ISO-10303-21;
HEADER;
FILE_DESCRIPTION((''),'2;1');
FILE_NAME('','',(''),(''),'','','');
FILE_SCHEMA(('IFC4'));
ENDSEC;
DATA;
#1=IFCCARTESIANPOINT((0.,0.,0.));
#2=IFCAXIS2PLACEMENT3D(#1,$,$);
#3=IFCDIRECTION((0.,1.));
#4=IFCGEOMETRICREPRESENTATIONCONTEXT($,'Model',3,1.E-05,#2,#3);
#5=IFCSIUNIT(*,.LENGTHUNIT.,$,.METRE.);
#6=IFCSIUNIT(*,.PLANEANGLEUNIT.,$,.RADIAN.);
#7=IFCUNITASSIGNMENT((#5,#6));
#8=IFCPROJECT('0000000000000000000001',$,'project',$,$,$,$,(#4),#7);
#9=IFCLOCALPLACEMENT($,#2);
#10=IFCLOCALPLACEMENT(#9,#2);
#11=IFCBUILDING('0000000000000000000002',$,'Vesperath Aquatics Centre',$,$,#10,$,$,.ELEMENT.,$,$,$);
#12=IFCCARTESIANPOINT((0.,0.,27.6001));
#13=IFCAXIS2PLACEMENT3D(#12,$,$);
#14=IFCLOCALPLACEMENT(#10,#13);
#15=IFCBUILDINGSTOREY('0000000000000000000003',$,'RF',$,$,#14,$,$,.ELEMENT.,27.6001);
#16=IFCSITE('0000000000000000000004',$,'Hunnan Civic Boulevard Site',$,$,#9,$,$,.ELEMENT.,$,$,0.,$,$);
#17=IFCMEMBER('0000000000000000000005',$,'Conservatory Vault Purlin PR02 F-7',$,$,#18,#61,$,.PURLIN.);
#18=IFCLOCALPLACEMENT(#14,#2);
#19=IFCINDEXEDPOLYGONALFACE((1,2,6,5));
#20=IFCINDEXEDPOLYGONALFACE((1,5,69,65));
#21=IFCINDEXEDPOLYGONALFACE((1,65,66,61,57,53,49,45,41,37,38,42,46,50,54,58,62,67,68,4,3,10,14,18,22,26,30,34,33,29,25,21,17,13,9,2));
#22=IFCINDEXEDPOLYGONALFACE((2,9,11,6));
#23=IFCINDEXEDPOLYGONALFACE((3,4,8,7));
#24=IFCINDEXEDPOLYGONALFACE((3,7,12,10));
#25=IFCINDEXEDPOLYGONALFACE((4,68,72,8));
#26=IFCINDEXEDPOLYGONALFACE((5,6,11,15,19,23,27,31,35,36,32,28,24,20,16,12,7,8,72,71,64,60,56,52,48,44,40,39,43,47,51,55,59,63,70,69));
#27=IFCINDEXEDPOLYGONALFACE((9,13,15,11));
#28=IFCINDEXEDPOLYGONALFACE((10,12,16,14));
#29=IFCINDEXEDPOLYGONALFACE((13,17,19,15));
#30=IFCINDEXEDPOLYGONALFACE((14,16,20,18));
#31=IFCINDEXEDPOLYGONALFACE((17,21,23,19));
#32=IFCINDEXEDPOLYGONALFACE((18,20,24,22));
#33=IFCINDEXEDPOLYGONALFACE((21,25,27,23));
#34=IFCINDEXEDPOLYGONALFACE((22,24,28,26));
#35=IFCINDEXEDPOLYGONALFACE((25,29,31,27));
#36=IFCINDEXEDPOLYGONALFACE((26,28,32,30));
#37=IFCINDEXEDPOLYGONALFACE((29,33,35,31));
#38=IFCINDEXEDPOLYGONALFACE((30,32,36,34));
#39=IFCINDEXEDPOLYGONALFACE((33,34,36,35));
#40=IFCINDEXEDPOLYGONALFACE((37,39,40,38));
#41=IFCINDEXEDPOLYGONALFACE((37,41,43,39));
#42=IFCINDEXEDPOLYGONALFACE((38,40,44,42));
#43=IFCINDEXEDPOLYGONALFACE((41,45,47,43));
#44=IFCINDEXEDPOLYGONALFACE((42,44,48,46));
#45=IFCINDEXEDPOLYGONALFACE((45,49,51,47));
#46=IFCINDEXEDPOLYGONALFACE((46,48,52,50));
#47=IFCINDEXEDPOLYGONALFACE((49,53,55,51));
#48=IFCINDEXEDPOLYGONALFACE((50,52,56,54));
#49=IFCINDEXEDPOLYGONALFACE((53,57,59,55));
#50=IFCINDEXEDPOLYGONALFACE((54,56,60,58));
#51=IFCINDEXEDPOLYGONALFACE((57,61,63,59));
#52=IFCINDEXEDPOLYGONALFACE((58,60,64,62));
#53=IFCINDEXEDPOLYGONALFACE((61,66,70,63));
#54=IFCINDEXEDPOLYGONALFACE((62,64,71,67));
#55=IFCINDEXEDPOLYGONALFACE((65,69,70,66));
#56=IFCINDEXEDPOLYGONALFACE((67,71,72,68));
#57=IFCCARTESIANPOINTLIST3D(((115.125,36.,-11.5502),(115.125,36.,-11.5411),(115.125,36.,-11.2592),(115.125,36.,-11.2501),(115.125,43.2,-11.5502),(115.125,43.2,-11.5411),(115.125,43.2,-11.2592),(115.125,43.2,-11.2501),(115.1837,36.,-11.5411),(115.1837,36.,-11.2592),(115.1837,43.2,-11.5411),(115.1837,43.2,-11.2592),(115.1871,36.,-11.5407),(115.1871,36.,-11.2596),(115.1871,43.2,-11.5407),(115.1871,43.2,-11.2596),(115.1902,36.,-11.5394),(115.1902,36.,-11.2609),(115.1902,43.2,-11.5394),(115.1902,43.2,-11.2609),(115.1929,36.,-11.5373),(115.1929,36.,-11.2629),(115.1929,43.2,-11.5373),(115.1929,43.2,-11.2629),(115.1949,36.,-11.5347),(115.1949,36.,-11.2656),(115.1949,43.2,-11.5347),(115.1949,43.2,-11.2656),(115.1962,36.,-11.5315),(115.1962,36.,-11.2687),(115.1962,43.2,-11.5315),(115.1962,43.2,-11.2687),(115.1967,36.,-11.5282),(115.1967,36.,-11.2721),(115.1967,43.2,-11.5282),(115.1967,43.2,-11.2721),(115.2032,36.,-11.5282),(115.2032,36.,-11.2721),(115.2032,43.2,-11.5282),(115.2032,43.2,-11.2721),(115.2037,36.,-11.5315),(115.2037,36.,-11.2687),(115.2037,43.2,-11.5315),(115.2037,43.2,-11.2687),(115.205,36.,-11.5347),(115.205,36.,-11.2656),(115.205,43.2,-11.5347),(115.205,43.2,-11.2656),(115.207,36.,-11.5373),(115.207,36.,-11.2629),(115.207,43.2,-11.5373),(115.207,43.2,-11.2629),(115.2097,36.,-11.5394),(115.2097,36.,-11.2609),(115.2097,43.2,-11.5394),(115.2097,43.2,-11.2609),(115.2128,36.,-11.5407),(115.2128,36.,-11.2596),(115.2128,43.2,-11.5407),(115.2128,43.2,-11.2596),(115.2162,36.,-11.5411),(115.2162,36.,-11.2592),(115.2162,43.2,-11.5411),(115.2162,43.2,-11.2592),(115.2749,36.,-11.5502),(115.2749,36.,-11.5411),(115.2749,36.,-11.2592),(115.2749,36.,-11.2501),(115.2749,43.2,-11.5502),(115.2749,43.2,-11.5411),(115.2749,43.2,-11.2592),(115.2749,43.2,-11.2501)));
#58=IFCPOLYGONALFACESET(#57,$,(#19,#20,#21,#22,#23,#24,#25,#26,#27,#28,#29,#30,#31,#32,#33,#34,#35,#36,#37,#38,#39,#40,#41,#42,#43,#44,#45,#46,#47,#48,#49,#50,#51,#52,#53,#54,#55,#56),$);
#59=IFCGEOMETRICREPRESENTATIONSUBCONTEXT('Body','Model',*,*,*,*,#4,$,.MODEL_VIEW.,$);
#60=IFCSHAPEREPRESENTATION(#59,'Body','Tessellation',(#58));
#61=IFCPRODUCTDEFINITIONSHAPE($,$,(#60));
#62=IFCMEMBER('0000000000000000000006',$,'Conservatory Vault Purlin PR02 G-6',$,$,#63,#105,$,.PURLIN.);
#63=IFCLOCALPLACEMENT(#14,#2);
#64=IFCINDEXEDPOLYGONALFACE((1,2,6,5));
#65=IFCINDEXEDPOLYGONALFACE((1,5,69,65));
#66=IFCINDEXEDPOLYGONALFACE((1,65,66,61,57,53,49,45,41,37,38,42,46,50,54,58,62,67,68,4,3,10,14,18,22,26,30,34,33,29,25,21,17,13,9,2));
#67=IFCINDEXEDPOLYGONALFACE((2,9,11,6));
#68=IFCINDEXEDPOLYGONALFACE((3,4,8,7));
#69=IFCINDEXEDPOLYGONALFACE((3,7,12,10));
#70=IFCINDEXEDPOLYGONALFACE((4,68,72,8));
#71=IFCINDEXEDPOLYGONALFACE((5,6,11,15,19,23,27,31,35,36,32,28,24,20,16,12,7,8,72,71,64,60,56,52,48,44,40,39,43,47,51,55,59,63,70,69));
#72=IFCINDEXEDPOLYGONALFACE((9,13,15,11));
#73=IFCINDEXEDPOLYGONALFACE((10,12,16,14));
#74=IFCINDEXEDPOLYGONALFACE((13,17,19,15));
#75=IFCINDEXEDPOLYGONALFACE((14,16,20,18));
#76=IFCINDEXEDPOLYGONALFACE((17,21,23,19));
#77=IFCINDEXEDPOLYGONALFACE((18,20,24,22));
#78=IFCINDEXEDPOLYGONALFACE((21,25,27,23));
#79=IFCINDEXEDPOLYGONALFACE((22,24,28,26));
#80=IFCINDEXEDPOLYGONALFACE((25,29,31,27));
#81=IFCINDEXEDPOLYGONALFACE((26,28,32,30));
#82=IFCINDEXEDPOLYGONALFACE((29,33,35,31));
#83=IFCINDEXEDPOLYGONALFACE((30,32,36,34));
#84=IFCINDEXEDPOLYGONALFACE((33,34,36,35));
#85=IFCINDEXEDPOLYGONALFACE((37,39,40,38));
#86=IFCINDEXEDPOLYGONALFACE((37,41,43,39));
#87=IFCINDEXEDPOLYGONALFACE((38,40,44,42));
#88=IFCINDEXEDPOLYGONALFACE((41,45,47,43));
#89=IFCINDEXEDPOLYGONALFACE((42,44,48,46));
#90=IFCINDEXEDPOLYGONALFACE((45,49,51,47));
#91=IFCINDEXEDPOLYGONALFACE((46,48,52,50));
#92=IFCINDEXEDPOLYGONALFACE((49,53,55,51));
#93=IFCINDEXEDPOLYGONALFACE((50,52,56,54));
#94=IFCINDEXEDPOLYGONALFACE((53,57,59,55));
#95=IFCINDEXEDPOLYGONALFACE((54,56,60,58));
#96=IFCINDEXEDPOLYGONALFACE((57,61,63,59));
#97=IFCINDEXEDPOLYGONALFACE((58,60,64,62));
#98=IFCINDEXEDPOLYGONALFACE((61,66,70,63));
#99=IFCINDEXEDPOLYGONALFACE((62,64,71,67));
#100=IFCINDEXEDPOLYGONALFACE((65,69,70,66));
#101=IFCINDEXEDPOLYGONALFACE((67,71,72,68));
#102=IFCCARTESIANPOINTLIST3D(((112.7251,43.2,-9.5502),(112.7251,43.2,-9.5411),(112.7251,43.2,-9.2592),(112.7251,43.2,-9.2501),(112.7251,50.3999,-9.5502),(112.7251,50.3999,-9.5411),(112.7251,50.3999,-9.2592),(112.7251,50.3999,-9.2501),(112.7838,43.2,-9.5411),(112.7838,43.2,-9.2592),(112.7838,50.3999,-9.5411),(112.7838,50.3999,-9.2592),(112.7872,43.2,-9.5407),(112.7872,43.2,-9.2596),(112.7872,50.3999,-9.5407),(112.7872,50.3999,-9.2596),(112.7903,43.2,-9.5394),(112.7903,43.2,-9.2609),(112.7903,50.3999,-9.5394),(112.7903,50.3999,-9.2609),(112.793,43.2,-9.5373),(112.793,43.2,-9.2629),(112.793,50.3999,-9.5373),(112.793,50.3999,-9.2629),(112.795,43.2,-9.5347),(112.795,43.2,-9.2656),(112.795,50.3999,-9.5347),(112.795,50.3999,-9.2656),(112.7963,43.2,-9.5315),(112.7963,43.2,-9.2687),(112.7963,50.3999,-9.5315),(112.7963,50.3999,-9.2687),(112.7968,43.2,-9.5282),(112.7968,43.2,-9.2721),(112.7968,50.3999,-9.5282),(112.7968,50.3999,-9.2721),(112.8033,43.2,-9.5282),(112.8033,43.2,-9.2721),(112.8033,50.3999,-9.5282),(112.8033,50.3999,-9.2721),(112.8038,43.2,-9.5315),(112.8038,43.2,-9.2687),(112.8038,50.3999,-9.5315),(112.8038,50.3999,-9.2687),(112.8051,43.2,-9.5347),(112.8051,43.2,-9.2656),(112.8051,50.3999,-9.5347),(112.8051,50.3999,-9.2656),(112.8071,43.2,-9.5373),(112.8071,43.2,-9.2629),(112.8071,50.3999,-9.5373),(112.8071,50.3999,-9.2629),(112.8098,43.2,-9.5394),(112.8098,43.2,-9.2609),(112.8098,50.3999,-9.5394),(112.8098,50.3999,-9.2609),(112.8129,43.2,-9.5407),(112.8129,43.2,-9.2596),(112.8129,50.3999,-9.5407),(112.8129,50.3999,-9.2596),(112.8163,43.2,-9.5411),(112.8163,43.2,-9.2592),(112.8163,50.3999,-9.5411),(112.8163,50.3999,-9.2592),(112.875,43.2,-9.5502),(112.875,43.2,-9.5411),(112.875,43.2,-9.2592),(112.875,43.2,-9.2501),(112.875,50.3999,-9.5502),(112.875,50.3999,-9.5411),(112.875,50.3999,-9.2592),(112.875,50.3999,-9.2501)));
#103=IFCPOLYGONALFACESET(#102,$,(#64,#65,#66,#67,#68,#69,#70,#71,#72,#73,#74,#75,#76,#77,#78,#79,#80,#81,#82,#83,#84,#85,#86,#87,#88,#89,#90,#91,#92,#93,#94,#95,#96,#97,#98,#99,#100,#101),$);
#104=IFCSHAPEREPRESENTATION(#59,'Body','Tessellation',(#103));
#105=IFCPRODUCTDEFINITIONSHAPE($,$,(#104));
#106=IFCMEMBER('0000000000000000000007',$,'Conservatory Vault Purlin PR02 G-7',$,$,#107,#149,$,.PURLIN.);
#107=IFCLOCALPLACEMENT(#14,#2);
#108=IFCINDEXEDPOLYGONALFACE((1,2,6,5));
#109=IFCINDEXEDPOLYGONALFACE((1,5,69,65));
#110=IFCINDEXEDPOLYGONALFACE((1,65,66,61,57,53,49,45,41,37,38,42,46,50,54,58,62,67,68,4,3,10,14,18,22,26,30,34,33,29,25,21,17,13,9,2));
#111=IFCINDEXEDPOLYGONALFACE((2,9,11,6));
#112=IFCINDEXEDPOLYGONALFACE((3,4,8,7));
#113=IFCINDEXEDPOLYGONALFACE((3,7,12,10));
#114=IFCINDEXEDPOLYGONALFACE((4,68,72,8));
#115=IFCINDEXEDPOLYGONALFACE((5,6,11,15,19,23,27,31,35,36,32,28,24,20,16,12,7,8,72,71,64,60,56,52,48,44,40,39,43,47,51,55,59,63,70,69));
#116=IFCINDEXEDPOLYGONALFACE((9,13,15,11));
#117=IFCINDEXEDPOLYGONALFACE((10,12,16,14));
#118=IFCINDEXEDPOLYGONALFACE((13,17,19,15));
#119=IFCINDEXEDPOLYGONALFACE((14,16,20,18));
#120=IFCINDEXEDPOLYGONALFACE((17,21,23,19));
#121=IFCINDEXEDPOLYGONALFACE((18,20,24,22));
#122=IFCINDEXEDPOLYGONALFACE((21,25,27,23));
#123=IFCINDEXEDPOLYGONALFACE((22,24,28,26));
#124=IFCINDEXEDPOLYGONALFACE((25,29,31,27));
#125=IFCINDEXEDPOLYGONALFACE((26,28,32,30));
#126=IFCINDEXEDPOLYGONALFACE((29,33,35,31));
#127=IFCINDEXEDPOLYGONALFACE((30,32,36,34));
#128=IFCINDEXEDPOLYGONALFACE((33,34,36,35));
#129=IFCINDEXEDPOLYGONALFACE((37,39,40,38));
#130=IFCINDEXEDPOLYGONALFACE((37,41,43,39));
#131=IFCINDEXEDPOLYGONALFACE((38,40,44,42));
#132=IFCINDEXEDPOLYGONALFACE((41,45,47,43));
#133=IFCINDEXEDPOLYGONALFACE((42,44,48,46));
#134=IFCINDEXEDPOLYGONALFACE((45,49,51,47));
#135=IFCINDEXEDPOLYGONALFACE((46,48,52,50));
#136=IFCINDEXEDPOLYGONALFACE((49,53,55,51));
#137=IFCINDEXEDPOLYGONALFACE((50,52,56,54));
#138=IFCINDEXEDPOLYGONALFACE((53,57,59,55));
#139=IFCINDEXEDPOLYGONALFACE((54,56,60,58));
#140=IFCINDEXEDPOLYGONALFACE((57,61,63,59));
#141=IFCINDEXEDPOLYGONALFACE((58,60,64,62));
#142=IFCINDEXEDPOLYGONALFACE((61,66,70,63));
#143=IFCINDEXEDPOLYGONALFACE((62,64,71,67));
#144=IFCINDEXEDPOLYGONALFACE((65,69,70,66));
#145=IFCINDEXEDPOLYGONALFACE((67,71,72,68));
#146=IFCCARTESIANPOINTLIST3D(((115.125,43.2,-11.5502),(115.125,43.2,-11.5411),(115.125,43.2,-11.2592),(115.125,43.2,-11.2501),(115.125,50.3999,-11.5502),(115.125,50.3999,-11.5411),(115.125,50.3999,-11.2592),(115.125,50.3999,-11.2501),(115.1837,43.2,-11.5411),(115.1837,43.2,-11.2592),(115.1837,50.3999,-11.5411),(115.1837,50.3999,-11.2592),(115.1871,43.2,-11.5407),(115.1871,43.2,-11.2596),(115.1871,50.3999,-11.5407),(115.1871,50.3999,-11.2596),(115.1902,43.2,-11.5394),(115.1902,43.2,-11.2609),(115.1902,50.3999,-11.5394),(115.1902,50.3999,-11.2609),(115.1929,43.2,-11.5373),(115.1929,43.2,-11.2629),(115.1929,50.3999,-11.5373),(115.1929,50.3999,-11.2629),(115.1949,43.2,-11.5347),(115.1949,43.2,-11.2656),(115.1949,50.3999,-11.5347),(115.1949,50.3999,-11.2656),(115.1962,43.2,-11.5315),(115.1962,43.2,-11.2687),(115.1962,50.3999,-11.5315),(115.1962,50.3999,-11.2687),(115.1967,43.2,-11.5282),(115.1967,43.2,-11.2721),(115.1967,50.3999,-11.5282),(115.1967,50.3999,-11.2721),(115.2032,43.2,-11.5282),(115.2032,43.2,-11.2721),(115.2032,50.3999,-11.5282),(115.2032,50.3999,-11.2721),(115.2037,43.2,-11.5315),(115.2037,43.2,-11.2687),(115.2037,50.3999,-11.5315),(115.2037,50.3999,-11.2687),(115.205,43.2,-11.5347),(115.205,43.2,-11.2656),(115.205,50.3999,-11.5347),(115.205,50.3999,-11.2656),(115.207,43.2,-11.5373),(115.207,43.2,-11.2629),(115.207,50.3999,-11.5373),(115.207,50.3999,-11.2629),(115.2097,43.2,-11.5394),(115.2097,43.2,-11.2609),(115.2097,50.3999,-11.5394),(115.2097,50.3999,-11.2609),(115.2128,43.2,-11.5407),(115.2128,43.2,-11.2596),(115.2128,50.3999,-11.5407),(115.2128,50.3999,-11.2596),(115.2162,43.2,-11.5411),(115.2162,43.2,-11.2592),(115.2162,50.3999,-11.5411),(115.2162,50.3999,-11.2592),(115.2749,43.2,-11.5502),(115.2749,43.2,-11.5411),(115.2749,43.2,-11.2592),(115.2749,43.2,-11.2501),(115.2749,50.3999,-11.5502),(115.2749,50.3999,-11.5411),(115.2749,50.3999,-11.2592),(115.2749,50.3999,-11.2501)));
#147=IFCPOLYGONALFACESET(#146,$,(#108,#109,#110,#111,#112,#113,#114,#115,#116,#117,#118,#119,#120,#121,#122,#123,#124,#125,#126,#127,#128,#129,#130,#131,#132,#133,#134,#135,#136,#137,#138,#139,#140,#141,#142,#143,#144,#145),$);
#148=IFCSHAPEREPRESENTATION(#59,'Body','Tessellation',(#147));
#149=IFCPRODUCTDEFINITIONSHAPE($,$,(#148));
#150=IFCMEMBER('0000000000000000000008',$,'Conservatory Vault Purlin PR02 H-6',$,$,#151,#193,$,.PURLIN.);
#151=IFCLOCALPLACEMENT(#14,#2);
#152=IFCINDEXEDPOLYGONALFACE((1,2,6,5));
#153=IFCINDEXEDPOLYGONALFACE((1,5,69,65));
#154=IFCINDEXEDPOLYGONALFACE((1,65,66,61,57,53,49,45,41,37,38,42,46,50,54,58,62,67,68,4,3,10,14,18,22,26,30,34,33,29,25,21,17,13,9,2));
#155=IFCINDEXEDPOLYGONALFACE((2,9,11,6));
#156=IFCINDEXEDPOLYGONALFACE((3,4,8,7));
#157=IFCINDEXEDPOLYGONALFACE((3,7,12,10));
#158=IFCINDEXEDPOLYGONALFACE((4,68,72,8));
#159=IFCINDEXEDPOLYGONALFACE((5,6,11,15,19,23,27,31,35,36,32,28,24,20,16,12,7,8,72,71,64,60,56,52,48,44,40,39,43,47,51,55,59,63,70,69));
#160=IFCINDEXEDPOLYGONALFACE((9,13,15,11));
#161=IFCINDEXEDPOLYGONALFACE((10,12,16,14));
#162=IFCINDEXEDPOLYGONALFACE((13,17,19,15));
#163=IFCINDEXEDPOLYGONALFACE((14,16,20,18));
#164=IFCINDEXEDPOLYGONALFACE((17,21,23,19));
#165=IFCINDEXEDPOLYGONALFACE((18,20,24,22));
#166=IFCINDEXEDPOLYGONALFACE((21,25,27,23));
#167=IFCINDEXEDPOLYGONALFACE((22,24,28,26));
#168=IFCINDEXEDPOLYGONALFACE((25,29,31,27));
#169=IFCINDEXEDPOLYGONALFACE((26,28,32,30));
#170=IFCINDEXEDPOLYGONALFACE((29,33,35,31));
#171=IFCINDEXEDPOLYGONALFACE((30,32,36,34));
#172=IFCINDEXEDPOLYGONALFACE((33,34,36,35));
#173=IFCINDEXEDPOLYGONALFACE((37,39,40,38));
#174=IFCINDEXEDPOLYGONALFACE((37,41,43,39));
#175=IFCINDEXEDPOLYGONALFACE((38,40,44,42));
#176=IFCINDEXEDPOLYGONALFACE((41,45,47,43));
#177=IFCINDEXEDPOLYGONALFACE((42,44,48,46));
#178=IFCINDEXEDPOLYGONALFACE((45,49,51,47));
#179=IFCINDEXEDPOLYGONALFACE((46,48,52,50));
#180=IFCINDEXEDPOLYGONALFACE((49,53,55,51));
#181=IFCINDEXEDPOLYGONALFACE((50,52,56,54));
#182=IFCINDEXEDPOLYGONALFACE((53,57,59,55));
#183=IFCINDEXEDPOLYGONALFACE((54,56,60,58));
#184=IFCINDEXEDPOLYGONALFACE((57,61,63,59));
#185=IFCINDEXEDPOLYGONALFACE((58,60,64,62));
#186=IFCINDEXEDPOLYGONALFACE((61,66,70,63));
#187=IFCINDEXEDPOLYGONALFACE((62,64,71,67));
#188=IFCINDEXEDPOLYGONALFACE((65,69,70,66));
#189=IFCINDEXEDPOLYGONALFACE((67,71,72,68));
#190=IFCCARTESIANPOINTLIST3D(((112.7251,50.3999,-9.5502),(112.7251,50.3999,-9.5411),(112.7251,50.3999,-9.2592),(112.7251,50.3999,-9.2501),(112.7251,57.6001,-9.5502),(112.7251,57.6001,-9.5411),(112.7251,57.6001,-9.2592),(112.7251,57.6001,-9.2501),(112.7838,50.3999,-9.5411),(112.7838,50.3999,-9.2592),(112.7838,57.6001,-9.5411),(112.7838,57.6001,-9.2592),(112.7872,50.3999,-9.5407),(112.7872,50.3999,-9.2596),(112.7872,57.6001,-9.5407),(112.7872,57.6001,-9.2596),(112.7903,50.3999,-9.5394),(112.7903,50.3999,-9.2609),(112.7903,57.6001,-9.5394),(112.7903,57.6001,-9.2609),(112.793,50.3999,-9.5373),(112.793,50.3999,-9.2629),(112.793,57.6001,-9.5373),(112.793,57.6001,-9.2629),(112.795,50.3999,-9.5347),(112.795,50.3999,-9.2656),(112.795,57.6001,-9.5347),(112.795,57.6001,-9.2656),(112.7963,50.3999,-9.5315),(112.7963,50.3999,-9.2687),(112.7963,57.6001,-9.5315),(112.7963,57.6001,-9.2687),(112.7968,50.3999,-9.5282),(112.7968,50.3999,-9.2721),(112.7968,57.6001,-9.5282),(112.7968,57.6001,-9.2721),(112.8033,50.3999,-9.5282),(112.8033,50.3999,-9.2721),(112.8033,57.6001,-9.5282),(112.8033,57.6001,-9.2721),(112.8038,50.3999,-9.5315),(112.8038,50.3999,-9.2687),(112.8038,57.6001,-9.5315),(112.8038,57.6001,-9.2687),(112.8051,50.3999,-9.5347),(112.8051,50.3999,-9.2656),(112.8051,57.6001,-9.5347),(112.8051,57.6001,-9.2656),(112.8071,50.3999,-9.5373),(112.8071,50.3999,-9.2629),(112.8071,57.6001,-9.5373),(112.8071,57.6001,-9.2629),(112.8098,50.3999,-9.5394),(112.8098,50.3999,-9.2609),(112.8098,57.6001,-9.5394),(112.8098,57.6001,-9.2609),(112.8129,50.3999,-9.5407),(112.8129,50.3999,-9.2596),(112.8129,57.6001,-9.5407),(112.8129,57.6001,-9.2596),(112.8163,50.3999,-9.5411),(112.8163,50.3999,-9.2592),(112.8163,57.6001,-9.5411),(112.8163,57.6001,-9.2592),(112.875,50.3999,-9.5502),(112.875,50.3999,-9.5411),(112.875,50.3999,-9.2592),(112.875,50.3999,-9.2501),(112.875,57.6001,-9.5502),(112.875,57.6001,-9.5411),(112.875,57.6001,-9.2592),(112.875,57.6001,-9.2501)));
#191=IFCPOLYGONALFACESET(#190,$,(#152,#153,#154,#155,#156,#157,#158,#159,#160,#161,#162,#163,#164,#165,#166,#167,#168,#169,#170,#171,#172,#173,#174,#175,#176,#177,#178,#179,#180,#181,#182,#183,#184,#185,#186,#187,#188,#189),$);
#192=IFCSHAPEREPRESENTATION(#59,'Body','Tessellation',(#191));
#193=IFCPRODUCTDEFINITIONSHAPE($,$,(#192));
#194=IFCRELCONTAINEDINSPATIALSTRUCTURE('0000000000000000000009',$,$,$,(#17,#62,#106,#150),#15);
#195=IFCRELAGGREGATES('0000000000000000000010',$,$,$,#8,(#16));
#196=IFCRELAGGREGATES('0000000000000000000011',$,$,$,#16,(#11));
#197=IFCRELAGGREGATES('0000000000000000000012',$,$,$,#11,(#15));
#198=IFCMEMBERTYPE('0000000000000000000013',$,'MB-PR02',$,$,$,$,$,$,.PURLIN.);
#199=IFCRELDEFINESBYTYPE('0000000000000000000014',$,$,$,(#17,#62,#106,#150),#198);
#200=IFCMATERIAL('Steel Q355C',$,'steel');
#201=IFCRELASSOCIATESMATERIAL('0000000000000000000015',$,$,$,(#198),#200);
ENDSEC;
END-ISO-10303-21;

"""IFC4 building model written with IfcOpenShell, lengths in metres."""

from ifc_helpers import new_model, si_unit, direction, frame, origin, origin_2d, place, context, subcontext, project, spatial, i_section, extrude, material, material_profile, profile_set, type_object, element, save


model = new_model("IFC4")

# Units and contexts
model_context = context("Model", 3, precision=1e-05, world=origin(), true_north=direction((0.0, 1.0)))
body_context = subcontext(model_context, "Body", "Model", "MODEL_VIEW")
ifc_project = project(units=[si_unit("LENGTHUNIT", "METRE"), si_unit("PLANEANGLEUNIT", "RADIAN")], contexts=[model_context])

# Site, building, storey
site_placement = place(None, origin())
site = spatial("IfcSite", under=ifc_project, at=site_placement, Name="Hunnan Civic Boulevard Site", CompositionType="ELEMENT", RefElevation=0.0)
building_placement = place(site_placement, origin())
building = spatial("IfcBuilding", under=site, at=building_placement, Name="Vesperath Aquatics Centre", CompositionType="ELEMENT")
storey_placement = place(building_placement, frame((0.0, 0.0, 27.6001)))
storey = spatial("IfcBuildingStorey", under=building, at=storey_placement, Name="RF", CompositionType="ELEMENT", Elevation=27.6001)

# Members
ifc_material_1 = material(Name="Steel Q355C", Category="steel")
ifc_material_profile_1 = material_profile(ifc_material_1, i_section(OverallWidth=0.1499, OverallDepth=0.3, WebThickness=0.0066, FlangeThickness=0.009, FilletRadius=0.0129, at=origin_2d()), Name="HN 300x150x6.5x9")
ifc_profile_set_1 = profile_set([ifc_material_profile_1], Name="Steel Q355C")
member_type_1 = type_object("IfcMemberType", Name="MB-PR02", PredefinedType="PURLIN", material=ifc_profile_set_1)
for number, where, z_axis, x_axis, name in (
    (1, (115.2, 36.0, -11.4001), (0.0, 1.0, 0.0), (-1.0, 0.0, 0.0), "Conservatory Vault Purlin PR02 F-7"),
    (2, (112.8, 43.2, -9.4001), (0.0, 1.0, 0.0), (-1.0, 0.0, 0.0), "Conservatory Vault Purlin PR02 G-6"),
    (3, (115.2, 43.2, -11.4001), (0.0, 1.0, 0.0), (-1.0, 0.0, 0.0), "Conservatory Vault Purlin PR02 G-7"),
):
    element("IfcMember", number, at=place(storey_placement, frame(where, z_axis=z_axis, x_axis=x_axis)), inside=storey, type_object=member_type_1, Name=name, PredefinedType="PURLIN", context=body_context, shape_type="SweptSolid", body=[
        extrude(i_section(OverallWidth=0.1499, OverallDepth=0.3, WebThickness=0.0066, FlangeThickness=0.009, FilletRadius=0.0129, at=origin_2d()), origin(), (0.0, 0.0, 1.0), 7.2),
    ])
for number, where, z_axis, x_axis, name in (
    (4, (112.8, 50.3999, -9.4001), (0.0, 1.0, 0.0), (-1.0, 0.0, 0.0), "Conservatory Vault Purlin PR02 H-6"),
):
    element("IfcMember", number, at=place(storey_placement, frame(where, z_axis=z_axis, x_axis=x_axis)), inside=storey, type_object=member_type_1, Name=name, PredefinedType="PURLIN", context=body_context, shape_type="SweptSolid", body=[
        extrude(i_section(OverallWidth=0.1499, OverallDepth=0.3, WebThickness=0.0066, FlangeThickness=0.009, FilletRadius=0.0129, at=origin_2d()), origin(), (0.0, 0.0, 1.0), 7.2002),
    ])

save(model, "model.ifc")
